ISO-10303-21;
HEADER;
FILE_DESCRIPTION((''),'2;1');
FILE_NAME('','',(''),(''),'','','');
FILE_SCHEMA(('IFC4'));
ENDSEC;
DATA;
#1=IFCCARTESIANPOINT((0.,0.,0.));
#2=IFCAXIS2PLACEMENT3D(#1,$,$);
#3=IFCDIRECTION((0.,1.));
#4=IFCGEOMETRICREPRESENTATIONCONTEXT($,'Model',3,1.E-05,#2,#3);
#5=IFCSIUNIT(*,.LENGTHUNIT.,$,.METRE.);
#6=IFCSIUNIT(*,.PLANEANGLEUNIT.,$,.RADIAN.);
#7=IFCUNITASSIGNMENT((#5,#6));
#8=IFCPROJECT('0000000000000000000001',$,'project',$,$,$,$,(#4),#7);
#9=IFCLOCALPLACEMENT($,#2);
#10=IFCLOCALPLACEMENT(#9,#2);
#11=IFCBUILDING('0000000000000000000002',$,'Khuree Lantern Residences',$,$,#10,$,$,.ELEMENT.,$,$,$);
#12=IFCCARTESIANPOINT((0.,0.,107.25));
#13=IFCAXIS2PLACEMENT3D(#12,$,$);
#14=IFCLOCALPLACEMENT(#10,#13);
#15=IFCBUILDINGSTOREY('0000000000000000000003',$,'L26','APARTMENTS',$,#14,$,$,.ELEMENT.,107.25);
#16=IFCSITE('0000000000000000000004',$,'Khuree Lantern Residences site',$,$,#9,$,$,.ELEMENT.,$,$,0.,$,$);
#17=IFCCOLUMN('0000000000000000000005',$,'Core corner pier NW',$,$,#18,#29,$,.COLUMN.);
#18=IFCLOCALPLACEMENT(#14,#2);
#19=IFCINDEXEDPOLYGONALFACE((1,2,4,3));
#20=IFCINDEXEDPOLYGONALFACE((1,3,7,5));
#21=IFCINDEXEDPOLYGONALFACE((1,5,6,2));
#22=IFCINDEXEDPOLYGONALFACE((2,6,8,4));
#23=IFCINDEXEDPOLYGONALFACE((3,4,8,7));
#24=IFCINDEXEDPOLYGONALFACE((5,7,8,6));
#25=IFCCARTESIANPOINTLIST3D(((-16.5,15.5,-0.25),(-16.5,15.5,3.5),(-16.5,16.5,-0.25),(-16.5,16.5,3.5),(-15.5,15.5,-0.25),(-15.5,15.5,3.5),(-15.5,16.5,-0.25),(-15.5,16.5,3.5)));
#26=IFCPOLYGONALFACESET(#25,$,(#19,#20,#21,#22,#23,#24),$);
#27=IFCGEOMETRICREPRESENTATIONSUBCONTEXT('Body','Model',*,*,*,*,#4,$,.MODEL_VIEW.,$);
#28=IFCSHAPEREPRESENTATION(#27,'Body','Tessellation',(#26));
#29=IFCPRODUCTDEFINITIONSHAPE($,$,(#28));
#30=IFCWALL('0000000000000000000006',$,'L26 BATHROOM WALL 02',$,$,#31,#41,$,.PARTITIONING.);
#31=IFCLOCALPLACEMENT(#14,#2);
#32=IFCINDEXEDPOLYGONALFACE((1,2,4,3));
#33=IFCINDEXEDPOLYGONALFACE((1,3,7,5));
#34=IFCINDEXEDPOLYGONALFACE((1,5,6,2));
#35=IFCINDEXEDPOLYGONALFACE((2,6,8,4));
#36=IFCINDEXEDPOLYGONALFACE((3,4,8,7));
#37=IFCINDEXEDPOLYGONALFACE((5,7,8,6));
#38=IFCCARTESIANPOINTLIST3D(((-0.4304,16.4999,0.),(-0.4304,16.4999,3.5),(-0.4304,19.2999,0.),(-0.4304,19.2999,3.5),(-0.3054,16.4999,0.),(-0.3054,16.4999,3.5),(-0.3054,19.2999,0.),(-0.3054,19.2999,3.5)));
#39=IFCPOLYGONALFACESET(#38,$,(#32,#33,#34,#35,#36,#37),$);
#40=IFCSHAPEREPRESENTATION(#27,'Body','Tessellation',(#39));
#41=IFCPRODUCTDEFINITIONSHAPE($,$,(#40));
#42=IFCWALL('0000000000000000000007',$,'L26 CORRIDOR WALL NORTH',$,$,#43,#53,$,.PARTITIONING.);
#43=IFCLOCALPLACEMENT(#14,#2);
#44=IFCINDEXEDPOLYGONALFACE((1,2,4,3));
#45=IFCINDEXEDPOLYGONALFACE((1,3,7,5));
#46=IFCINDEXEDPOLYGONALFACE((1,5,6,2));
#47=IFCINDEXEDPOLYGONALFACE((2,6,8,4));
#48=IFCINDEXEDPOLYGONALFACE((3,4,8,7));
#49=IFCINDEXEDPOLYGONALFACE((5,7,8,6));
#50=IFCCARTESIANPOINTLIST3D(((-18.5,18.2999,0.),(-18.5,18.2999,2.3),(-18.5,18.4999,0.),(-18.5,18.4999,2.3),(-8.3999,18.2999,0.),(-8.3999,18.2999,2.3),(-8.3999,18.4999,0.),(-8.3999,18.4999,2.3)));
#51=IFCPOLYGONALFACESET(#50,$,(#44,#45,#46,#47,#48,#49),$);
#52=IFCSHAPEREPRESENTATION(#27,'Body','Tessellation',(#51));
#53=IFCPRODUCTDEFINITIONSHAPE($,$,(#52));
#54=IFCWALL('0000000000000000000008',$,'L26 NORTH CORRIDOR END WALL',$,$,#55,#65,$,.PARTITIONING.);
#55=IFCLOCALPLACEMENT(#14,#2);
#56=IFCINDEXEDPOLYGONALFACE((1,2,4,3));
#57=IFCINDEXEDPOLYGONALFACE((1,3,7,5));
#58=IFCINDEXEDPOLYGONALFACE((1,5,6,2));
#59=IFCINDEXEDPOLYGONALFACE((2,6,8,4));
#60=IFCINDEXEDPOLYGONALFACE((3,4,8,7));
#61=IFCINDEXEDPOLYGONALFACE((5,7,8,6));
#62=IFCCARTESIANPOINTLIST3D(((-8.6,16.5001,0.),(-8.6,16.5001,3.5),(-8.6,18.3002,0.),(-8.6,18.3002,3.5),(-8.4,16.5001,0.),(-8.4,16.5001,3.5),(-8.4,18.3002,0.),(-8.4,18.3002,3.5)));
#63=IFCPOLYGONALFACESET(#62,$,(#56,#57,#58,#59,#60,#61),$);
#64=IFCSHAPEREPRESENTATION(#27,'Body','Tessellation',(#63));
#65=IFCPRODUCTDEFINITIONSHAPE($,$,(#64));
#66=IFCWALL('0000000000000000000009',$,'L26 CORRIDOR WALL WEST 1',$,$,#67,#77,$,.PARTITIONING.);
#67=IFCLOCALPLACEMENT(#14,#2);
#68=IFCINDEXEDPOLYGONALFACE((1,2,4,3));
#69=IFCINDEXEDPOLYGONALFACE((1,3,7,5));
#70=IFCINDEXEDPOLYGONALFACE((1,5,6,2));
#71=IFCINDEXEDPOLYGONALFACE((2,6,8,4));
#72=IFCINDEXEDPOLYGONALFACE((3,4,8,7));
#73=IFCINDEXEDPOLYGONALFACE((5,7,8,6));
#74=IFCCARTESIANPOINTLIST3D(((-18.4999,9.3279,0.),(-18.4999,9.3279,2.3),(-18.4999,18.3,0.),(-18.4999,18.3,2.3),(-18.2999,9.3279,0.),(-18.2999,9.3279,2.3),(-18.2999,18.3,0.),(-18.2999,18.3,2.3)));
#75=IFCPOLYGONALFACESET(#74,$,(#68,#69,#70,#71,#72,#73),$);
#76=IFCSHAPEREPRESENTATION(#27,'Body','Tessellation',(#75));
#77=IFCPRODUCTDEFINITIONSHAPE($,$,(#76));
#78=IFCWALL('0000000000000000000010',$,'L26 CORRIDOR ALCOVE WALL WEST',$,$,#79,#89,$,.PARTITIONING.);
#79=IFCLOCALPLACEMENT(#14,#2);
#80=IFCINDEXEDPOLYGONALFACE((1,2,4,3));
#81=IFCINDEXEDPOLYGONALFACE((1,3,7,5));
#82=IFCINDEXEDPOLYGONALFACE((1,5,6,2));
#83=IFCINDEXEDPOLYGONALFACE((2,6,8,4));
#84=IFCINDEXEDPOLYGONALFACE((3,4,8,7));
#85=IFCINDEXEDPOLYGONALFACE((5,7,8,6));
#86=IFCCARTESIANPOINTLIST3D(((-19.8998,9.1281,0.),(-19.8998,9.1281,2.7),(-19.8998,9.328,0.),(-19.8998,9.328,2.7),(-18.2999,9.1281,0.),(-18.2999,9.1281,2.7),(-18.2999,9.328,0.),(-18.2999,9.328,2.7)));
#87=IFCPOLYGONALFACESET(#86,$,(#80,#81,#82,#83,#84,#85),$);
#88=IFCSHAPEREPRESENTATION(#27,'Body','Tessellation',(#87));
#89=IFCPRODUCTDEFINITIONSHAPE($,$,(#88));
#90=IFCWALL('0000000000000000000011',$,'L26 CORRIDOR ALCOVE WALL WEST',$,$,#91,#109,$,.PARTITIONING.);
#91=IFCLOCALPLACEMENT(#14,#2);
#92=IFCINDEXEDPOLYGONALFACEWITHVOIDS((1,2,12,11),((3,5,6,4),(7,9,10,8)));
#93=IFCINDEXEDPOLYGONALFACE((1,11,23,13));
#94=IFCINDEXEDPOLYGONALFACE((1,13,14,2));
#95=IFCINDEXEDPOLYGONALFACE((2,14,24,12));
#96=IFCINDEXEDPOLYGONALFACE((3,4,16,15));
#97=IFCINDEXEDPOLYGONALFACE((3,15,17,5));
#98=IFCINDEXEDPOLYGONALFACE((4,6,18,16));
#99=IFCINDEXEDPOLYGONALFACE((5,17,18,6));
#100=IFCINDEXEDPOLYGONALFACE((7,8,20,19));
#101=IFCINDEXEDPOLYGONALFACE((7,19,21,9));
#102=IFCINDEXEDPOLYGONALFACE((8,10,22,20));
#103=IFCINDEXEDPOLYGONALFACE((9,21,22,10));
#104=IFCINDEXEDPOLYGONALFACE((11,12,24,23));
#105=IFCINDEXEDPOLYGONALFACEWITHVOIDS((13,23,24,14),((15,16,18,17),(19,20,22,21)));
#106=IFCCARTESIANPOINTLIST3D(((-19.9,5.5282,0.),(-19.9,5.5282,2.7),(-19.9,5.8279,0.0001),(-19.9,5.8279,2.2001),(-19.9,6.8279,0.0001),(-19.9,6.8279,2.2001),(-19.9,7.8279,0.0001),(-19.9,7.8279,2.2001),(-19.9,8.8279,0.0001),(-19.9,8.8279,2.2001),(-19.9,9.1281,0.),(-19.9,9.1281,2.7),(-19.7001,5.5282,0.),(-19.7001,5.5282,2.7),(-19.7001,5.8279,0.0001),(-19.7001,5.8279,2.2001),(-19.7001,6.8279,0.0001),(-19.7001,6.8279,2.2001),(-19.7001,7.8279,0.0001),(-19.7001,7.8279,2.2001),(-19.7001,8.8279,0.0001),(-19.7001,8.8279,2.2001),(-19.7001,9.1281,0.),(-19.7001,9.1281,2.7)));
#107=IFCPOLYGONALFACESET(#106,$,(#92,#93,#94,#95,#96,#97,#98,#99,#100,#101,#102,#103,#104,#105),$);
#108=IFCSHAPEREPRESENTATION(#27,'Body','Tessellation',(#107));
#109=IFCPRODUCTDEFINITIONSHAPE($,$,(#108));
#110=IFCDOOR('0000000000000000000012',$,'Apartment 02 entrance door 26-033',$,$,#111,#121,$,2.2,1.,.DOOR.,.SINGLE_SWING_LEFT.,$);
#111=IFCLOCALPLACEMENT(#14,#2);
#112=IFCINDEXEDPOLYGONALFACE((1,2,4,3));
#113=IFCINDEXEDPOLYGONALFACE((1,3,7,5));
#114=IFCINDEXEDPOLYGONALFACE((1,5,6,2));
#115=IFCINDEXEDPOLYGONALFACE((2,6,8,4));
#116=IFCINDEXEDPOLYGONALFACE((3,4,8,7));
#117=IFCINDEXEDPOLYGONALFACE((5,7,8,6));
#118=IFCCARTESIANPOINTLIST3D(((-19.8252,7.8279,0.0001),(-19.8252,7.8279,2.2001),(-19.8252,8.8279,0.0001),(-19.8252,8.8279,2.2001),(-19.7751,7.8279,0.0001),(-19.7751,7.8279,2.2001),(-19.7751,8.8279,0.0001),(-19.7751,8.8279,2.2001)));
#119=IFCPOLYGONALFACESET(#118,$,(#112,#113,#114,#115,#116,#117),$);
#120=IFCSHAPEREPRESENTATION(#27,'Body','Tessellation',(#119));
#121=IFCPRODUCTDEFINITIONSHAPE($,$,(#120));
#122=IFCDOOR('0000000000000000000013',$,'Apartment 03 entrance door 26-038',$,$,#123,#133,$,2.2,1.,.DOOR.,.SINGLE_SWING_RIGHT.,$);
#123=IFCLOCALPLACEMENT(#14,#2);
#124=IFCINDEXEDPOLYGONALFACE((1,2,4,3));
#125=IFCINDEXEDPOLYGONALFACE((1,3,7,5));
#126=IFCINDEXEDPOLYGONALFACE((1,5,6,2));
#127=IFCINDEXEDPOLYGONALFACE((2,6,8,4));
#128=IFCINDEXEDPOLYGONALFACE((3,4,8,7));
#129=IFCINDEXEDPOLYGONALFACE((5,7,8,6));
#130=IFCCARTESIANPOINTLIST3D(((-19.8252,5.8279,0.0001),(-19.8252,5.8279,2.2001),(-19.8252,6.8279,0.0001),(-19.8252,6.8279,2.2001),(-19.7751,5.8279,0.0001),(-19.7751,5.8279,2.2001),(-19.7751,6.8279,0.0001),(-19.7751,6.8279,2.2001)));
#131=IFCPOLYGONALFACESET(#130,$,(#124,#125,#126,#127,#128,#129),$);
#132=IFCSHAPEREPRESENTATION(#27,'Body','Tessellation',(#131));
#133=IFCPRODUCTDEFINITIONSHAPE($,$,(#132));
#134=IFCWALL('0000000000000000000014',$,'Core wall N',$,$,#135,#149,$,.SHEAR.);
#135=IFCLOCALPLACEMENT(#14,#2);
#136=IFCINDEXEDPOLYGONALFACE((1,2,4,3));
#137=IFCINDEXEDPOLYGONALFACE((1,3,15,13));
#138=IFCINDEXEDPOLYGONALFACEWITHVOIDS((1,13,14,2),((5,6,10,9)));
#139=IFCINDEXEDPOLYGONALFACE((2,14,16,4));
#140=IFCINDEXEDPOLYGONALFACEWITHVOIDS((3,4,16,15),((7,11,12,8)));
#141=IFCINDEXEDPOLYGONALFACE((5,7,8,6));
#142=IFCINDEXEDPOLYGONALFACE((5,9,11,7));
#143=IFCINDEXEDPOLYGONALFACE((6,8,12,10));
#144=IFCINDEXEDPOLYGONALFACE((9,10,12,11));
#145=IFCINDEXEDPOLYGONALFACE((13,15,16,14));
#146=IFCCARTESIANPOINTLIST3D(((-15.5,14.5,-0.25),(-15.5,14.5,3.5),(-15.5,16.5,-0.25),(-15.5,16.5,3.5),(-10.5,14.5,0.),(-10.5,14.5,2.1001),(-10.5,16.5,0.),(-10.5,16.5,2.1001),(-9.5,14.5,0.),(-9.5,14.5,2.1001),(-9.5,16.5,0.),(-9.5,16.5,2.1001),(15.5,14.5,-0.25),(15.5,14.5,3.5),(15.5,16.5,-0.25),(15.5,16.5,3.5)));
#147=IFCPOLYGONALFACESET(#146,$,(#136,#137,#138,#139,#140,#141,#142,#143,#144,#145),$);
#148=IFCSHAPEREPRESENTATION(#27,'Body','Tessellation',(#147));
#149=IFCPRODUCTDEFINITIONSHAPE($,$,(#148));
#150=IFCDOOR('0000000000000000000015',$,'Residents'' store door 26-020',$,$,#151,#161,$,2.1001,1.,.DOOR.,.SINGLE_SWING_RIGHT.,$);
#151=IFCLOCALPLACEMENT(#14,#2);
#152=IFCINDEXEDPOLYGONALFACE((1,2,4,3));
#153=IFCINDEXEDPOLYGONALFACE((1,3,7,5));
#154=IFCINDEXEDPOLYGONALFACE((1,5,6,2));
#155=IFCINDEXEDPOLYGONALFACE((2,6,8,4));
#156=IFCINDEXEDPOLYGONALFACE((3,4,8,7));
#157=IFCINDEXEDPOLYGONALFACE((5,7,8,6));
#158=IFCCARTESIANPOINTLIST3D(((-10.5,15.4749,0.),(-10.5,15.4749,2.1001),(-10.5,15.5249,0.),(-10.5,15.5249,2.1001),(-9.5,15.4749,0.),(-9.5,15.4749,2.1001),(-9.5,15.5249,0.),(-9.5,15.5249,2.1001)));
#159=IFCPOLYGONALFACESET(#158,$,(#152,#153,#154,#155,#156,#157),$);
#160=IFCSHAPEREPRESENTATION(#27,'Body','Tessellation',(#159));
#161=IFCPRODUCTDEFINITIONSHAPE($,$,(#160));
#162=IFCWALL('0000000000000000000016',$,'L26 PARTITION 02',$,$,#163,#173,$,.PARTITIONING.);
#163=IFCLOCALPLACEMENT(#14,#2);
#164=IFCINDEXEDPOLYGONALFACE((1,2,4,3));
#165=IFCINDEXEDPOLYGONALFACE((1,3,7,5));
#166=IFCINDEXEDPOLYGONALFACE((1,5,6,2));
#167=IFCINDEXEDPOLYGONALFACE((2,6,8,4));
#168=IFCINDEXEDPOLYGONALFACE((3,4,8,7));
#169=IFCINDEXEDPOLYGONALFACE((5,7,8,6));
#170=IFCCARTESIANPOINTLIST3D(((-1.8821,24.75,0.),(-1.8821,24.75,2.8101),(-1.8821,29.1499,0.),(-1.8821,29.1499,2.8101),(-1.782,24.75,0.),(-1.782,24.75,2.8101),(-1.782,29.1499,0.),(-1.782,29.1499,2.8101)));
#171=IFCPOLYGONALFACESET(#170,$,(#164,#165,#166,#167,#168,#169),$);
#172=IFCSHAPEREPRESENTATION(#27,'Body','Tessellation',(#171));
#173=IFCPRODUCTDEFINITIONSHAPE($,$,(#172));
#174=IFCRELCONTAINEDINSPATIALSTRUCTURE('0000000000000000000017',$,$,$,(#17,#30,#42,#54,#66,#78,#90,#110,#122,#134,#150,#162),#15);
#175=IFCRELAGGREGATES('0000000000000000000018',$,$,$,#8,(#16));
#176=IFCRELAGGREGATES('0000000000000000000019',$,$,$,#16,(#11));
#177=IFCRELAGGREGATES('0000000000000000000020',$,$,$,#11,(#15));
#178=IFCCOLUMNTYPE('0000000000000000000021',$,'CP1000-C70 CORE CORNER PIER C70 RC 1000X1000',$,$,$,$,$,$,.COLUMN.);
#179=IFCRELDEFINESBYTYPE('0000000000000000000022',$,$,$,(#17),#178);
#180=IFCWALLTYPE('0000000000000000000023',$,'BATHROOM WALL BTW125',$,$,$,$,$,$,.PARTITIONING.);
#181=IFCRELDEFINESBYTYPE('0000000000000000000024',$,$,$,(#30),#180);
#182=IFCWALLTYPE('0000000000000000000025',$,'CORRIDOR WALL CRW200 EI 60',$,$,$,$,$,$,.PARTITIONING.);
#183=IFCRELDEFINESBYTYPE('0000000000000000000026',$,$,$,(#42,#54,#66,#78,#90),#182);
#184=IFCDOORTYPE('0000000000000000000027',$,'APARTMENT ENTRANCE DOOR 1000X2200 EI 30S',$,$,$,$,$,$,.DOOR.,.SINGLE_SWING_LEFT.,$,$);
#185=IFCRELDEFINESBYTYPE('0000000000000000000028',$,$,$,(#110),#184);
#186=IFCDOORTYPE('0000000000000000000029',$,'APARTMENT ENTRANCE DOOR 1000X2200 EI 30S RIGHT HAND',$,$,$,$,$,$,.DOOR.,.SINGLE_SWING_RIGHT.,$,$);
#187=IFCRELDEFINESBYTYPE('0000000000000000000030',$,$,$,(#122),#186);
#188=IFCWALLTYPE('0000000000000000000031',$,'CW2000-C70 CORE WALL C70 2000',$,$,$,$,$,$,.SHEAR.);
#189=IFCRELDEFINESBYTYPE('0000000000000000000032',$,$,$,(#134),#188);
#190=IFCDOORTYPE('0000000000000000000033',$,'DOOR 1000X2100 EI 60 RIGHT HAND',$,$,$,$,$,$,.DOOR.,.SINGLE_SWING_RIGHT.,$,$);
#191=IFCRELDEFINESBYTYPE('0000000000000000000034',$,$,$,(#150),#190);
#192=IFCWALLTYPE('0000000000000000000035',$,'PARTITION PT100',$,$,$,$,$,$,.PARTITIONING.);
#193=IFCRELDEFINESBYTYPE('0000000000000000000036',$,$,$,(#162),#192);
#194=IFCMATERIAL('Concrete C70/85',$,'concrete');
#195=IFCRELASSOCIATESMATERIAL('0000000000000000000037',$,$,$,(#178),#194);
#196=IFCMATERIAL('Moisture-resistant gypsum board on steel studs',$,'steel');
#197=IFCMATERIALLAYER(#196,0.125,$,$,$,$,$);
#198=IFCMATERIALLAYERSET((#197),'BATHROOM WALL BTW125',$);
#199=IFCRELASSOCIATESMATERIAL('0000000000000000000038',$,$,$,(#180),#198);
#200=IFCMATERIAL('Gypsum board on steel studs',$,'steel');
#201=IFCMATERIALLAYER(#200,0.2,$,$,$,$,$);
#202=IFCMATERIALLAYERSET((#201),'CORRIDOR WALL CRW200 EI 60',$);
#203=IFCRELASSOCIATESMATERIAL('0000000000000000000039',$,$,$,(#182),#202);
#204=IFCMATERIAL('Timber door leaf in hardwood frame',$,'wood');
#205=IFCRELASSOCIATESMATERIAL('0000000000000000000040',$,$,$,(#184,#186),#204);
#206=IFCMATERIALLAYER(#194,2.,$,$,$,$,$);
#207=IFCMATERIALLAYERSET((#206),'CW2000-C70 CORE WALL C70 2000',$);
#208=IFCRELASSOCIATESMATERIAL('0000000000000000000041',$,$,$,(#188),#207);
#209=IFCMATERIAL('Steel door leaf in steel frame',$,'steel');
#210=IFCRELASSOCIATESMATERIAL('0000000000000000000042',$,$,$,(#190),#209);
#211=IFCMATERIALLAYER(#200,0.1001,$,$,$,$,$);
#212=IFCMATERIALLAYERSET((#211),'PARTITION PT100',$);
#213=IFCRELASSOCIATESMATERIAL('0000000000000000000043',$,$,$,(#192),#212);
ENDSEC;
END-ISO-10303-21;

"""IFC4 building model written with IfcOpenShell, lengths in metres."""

from ifc_helpers import new_model, si_unit, direction, frame, frame_2d, origin, origin_2d, place, context, subcontext, project, spatial, rectangle, extrude, material, layer, layer_set, material_profile, profile_set, type_object, element, fill, save


model = new_model("IFC4")

# Units and contexts
model_context = context("Model", 3, precision=1e-05, world=origin(), true_north=direction((0.0, 1.0)))
body_context = subcontext(model_context, "Body", "Model", "MODEL_VIEW")
ifc_project = project(units=[si_unit("LENGTHUNIT", "METRE"), si_unit("PLANEANGLEUNIT", "RADIAN")], contexts=[model_context])

# Site, building, storey
site_placement = place(None, origin())
site = spatial("IfcSite", under=ifc_project, at=site_placement, Name="Khuree Lantern Residences site", CompositionType="ELEMENT", RefElevation=0.0)
building_placement = place(site_placement, origin())
building = spatial("IfcBuilding", under=site, at=building_placement, Name="Khuree Lantern Residences", CompositionType="ELEMENT")
storey_placement = place(building_placement, frame((0.0, 0.0, 107.25)))
storey = spatial("IfcBuildingStorey", under=building, at=storey_placement, Name="L26", Description="APARTMENTS", CompositionType="ELEMENT", Elevation=107.25)

# Column
ifc_material_1 = material(Name="Concrete C70/85", Category="concrete")
ifc_material_profile = material_profile(ifc_material_1, rectangle(XDim=1.0, YDim=1.0, at=origin_2d()), Name="RC 1000X1000")
ifc_profile_set = profile_set([ifc_material_profile], Name="Concrete C70/85")
column_type = type_object("IfcColumnType", Name="CP1000-C70 CORE CORNER PIER C70 RC 1000X1000", PredefinedType="COLUMN", material=ifc_profile_set)
column_placement = place(storey_placement, frame((-16.0, 16.0, -0.25), z_axis=(0.0, 0.0, 1.0), x_axis=(1.0, 0.0, 0.0)))
element("IfcColumn", 1, at=column_placement, inside=storey, type_object=column_type, Name="Core corner pier NW", PredefinedType="COLUMN", context=body_context, shape_type="SweptSolid", body=[
    extrude(rectangle(XDim=1.0, YDim=1.0, at=origin_2d()), origin(), (0.0, 0.0, 1.0), 3.75),
])

# Walls
ifc_material_2 = material(Name="Moisture-resistant gypsum board on steel studs", Category="steel")
ifc_layer_1 = layer(ifc_material_2, 0.125)
ifc_layer_set_1 = layer_set([ifc_layer_1], Name="BATHROOM WALL BTW125")
wall_type_1 = type_object("IfcWallType", Name="BATHROOM WALL BTW125", PredefinedType="PARTITIONING", material=ifc_layer_set_1)
wall_1_placement = place(storey_placement, frame((-0.3679, 16.5, 0.0), z_axis=(0.0, 0.0, 1.0), x_axis=(0.0, 1.0, 0.0)))
element("IfcWall", 2, at=wall_1_placement, inside=storey, type_object=wall_type_1, Name="L26 BATHROOM WALL 02", PredefinedType="PARTITIONING", context=body_context, shape_type="SweptSolid", body=[
    extrude(rectangle(XDim=2.8, YDim=0.125, at=frame_2d((1.3999, 0.0))), origin(), (0.0, 0.0, 1.0), 3.5),
])
ifc_material_3 = material(Name="Gypsum board on steel studs", Category="steel")
ifc_layer_2 = layer(ifc_material_3, 0.2)
ifc_layer_set_2 = layer_set([ifc_layer_2], Name="CORRIDOR WALL CRW200 EI 60")
wall_type_2 = type_object("IfcWallType", Name="CORRIDOR WALL CRW200 EI 60", PredefinedType="PARTITIONING", material=ifc_layer_set_2)
wall_2_placement = place(storey_placement, frame((-18.5, 18.3999, 0.0), z_axis=(0.0, 0.0, 1.0), x_axis=(1.0, 0.0, 0.0)))
element("IfcWall", 3, at=wall_2_placement, inside=storey, type_object=wall_type_2, Name="L26 CORRIDOR WALL NORTH", PredefinedType="PARTITIONING", context=body_context, shape_type="SweptSolid", body=[
    extrude(rectangle(XDim=10.1001, YDim=0.2, at=frame_2d((5.05, 0.0))), origin(), (0.0, 0.0, 1.0), 2.3),
])
wall_3_placement = place(storey_placement, frame((-8.5, 18.3, 0.0), z_axis=(0.0, 0.0, 1.0), x_axis=(0.0, -1.0, 0.0)))
element("IfcWall", 4, at=wall_3_placement, inside=storey, type_object=wall_type_2, Name="L26 NORTH CORRIDOR END WALL", PredefinedType="PARTITIONING", context=body_context, shape_type="SweptSolid", body=[
    extrude(rectangle(XDim=1.8, YDim=0.2, at=frame_2d((0.8999, 0.0))), origin(), (0.0, 0.0, 1.0), 3.5),
])
wall_4_placement = place(storey_placement, frame((-18.3999, 18.3, 0.0), z_axis=(0.0, 0.0, 1.0), x_axis=(0.0, -1.0, 0.0)))
element("IfcWall", 5, at=wall_4_placement, inside=storey, type_object=wall_type_2, Name="L26 CORRIDOR WALL WEST 1", PredefinedType="PARTITIONING", context=body_context, shape_type="SweptSolid", body=[
    extrude(rectangle(XDim=8.9722, YDim=0.2, at=frame_2d((4.4861, 0.0))), origin(), (0.0, 0.0, 1.0), 2.3),
])
wall_5_placement = place(storey_placement, frame((-18.3, 9.228, 0.0), z_axis=(0.0, 0.0, 1.0), x_axis=(-1.0, 0.0, 0.0)))
element("IfcWall", 6, at=wall_5_placement, inside=storey, type_object=wall_type_2, Name="L26 CORRIDOR ALCOVE WALL WEST", PredefinedType="PARTITIONING", context=body_context, shape_type="SweptSolid", body=[
    extrude(rectangle(XDim=1.5999, YDim=0.2, at=frame_2d((0.7998, 0.0))), origin(), (0.0, 0.0, 1.0), 2.7),
])

# Wall, openings, doors
wall_6_placement = place(storey_placement, frame((-19.8, 9.1279, 0.0), z_axis=(0.0, 0.0, 1.0), x_axis=(0.0, -1.0, 0.0)))
wall_6 = element("IfcWall", 7, at=wall_6_placement, inside=storey, type_object=wall_type_2, Name="L26 CORRIDOR ALCOVE WALL WEST", PredefinedType="PARTITIONING", context=body_context, shape_type="SweptSolid", body=[
    extrude(rectangle(XDim=3.5999, YDim=0.2, at=frame_2d((1.7998, 0.0))), origin(), (0.0, 0.0, 1.0), 2.7),
])
opening_1_placement = place(wall_6_placement, frame((0.3, 0.0, 0.0)))
opening_1 = element("IfcOpeningElement", 8, at=opening_1_placement, cuts=wall_6, PredefinedType="OPENING", context=body_context, shape_type="SweptSolid", body=[
    extrude(rectangle(XDim=1.0, YDim=2.2, at=frame_2d((0.5, 1.1001))), frame((0.0, 0.1099, 0.0), z_axis=(0.0, -1.0, 0.0), x_axis=(1.0, 0.0, 0.0)), (0.0, 0.0, 1.0), 0.22),
])
opening_2_placement = place(wall_6_placement, frame((2.3, 0.0, 0.0)))
opening_2 = element("IfcOpeningElement", 9, at=opening_2_placement, cuts=wall_6, PredefinedType="OPENING", context=body_context, shape_type="SweptSolid", body=[
    extrude(rectangle(XDim=1.0, YDim=2.2, at=frame_2d((0.5, 1.1001))), frame((0.0, 0.1099, 0.0), z_axis=(0.0, -1.0, 0.0), x_axis=(1.0, 0.0, 0.0)), (0.0, 0.0, 1.0), 0.22),
])
ifc_material_4 = material(Name="Timber door leaf in hardwood frame", Category="wood")
door_type_1 = type_object("IfcDoorType", Name="APARTMENT ENTRANCE DOOR 1000X2200 EI 30S", OperationType="SINGLE_SWING_LEFT", PredefinedType="DOOR", material=ifc_material_4)
door_1_placement = place(opening_1_placement, origin())
door_1 = element("IfcDoor", 10, at=door_1_placement, inside=storey, type_object=door_type_1, Name="Apartment 02 entrance door 26-033", OperationType="SINGLE_SWING_LEFT", OverallHeight=2.2, OverallWidth=1.0, PredefinedType="DOOR", context=body_context, shape_type="SweptSolid", body=[
    extrude(rectangle(XDim=1.0, YDim=2.2, at=frame_2d((0.5, 1.1001))), frame((0.0, 0.0249, 0.0), z_axis=(0.0, -1.0, 0.0), x_axis=(1.0, 0.0, 0.0)), (0.0, 0.0, 1.0), 0.05),
])
fill(opening_1, door_1)
door_type_2 = type_object("IfcDoorType", Name="APARTMENT ENTRANCE DOOR 1000X2200 EI 30S RIGHT HAND", OperationType="SINGLE_SWING_RIGHT", PredefinedType="DOOR", material=ifc_material_4)
door_2_placement = place(opening_2_placement, origin())
door_2 = element("IfcDoor", 11, at=door_2_placement, inside=storey, type_object=door_type_2, Name="Apartment 03 entrance door 26-038", OperationType="SINGLE_SWING_RIGHT", OverallHeight=2.2, OverallWidth=1.0, PredefinedType="DOOR", context=body_context, shape_type="SweptSolid", body=[
    extrude(rectangle(XDim=1.0, YDim=2.2, at=frame_2d((0.5, 1.1001))), frame((0.0, 0.0249, 0.0), z_axis=(0.0, -1.0, 0.0), x_axis=(1.0, 0.0, 0.0)), (0.0, 0.0, 1.0), 0.05),
])
fill(opening_2, door_2)

# Wall, opening, door
ifc_layer_3 = layer(ifc_material_1, 2.0)
ifc_layer_set_3 = layer_set([ifc_layer_3], Name="CW2000-C70 CORE WALL C70 2000")
wall_type_3 = type_object("IfcWallType", Name="CW2000-C70 CORE WALL C70 2000", PredefinedType="SHEAR", material=ifc_layer_set_3)
wall_7_placement = place(storey_placement, frame((-15.5, 15.5, -0.25), z_axis=(0.0, 0.0, 1.0), x_axis=(1.0, 0.0, 0.0)))
wall_7 = element("IfcWall", 12, at=wall_7_placement, inside=storey, type_object=wall_type_3, Name="Core wall N", PredefinedType="SHEAR", context=body_context, shape_type="SweptSolid", body=[
    extrude(rectangle(XDim=31.0, YDim=2.0, at=frame_2d((15.5, 0.0))), origin(), (0.0, 0.0, 1.0), 3.75),
])
opening_3_placement = place(wall_7_placement, frame((5.0, 0.0, 0.25)))
opening_3 = element("IfcOpeningElement", 13, at=opening_3_placement, cuts=wall_7, PredefinedType="OPENING", context=body_context, shape_type="SweptSolid", body=[
    extrude(rectangle(XDim=1.0, YDim=2.1001, at=frame_2d((0.5, 1.05))), frame((0.0, 1.01, 0.0), z_axis=(0.0, -1.0, 0.0), x_axis=(1.0, 0.0, 0.0)), (0.0, 0.0, 1.0), 2.02),
])
ifc_material_5 = material(Name="Steel door leaf in steel frame", Category="steel")
door_type_3 = type_object("IfcDoorType", Name="DOOR 1000X2100 EI 60 RIGHT HAND", OperationType="SINGLE_SWING_RIGHT", PredefinedType="DOOR", material=ifc_material_5)
door_3_placement = place(opening_3_placement, origin())
door_3 = element("IfcDoor", 14, at=door_3_placement, inside=storey, type_object=door_type_3, Name="Residents' store door 26-020", OperationType="SINGLE_SWING_RIGHT", OverallHeight=2.1001, OverallWidth=1.0, PredefinedType="DOOR", context=body_context, shape_type="SweptSolid", body=[
    extrude(rectangle(XDim=1.0, YDim=2.1001, at=frame_2d((0.5, 1.05))), frame((0.0, 0.0249, 0.0), z_axis=(0.0, -1.0, 0.0), x_axis=(1.0, 0.0, 0.0)), (0.0, 0.0, 1.0), 0.05),
])
fill(opening_3, door_3)

# Wall
ifc_layer_4 = layer(ifc_material_3, 0.1001)
ifc_layer_set_4 = layer_set([ifc_layer_4], Name="PARTITION PT100")
wall_type_4 = type_object("IfcWallType", Name="PARTITION PT100", PredefinedType="PARTITIONING", material=ifc_layer_set_4)
for number, where, z_axis, x_axis, name in (
    (15, (-1.832, 24.75, 0.0), (0.0, 0.0, 1.0), (0.0, 1.0, 0.0), "L26 PARTITION 02"),
):
    element("IfcWall", number, at=place(storey_placement, frame(where, z_axis=z_axis, x_axis=x_axis)), inside=storey, type_object=wall_type_4, Name=name, PredefinedType="PARTITIONING", context=body_context, shape_type="SweptSolid", body=[
        extrude(rectangle(XDim=4.3999, YDim=0.1001, at=frame_2d((2.2, 0.0))), origin(), (0.0, 0.0, 1.0), 2.8101),
    ])

save(model, "model.ifc")
